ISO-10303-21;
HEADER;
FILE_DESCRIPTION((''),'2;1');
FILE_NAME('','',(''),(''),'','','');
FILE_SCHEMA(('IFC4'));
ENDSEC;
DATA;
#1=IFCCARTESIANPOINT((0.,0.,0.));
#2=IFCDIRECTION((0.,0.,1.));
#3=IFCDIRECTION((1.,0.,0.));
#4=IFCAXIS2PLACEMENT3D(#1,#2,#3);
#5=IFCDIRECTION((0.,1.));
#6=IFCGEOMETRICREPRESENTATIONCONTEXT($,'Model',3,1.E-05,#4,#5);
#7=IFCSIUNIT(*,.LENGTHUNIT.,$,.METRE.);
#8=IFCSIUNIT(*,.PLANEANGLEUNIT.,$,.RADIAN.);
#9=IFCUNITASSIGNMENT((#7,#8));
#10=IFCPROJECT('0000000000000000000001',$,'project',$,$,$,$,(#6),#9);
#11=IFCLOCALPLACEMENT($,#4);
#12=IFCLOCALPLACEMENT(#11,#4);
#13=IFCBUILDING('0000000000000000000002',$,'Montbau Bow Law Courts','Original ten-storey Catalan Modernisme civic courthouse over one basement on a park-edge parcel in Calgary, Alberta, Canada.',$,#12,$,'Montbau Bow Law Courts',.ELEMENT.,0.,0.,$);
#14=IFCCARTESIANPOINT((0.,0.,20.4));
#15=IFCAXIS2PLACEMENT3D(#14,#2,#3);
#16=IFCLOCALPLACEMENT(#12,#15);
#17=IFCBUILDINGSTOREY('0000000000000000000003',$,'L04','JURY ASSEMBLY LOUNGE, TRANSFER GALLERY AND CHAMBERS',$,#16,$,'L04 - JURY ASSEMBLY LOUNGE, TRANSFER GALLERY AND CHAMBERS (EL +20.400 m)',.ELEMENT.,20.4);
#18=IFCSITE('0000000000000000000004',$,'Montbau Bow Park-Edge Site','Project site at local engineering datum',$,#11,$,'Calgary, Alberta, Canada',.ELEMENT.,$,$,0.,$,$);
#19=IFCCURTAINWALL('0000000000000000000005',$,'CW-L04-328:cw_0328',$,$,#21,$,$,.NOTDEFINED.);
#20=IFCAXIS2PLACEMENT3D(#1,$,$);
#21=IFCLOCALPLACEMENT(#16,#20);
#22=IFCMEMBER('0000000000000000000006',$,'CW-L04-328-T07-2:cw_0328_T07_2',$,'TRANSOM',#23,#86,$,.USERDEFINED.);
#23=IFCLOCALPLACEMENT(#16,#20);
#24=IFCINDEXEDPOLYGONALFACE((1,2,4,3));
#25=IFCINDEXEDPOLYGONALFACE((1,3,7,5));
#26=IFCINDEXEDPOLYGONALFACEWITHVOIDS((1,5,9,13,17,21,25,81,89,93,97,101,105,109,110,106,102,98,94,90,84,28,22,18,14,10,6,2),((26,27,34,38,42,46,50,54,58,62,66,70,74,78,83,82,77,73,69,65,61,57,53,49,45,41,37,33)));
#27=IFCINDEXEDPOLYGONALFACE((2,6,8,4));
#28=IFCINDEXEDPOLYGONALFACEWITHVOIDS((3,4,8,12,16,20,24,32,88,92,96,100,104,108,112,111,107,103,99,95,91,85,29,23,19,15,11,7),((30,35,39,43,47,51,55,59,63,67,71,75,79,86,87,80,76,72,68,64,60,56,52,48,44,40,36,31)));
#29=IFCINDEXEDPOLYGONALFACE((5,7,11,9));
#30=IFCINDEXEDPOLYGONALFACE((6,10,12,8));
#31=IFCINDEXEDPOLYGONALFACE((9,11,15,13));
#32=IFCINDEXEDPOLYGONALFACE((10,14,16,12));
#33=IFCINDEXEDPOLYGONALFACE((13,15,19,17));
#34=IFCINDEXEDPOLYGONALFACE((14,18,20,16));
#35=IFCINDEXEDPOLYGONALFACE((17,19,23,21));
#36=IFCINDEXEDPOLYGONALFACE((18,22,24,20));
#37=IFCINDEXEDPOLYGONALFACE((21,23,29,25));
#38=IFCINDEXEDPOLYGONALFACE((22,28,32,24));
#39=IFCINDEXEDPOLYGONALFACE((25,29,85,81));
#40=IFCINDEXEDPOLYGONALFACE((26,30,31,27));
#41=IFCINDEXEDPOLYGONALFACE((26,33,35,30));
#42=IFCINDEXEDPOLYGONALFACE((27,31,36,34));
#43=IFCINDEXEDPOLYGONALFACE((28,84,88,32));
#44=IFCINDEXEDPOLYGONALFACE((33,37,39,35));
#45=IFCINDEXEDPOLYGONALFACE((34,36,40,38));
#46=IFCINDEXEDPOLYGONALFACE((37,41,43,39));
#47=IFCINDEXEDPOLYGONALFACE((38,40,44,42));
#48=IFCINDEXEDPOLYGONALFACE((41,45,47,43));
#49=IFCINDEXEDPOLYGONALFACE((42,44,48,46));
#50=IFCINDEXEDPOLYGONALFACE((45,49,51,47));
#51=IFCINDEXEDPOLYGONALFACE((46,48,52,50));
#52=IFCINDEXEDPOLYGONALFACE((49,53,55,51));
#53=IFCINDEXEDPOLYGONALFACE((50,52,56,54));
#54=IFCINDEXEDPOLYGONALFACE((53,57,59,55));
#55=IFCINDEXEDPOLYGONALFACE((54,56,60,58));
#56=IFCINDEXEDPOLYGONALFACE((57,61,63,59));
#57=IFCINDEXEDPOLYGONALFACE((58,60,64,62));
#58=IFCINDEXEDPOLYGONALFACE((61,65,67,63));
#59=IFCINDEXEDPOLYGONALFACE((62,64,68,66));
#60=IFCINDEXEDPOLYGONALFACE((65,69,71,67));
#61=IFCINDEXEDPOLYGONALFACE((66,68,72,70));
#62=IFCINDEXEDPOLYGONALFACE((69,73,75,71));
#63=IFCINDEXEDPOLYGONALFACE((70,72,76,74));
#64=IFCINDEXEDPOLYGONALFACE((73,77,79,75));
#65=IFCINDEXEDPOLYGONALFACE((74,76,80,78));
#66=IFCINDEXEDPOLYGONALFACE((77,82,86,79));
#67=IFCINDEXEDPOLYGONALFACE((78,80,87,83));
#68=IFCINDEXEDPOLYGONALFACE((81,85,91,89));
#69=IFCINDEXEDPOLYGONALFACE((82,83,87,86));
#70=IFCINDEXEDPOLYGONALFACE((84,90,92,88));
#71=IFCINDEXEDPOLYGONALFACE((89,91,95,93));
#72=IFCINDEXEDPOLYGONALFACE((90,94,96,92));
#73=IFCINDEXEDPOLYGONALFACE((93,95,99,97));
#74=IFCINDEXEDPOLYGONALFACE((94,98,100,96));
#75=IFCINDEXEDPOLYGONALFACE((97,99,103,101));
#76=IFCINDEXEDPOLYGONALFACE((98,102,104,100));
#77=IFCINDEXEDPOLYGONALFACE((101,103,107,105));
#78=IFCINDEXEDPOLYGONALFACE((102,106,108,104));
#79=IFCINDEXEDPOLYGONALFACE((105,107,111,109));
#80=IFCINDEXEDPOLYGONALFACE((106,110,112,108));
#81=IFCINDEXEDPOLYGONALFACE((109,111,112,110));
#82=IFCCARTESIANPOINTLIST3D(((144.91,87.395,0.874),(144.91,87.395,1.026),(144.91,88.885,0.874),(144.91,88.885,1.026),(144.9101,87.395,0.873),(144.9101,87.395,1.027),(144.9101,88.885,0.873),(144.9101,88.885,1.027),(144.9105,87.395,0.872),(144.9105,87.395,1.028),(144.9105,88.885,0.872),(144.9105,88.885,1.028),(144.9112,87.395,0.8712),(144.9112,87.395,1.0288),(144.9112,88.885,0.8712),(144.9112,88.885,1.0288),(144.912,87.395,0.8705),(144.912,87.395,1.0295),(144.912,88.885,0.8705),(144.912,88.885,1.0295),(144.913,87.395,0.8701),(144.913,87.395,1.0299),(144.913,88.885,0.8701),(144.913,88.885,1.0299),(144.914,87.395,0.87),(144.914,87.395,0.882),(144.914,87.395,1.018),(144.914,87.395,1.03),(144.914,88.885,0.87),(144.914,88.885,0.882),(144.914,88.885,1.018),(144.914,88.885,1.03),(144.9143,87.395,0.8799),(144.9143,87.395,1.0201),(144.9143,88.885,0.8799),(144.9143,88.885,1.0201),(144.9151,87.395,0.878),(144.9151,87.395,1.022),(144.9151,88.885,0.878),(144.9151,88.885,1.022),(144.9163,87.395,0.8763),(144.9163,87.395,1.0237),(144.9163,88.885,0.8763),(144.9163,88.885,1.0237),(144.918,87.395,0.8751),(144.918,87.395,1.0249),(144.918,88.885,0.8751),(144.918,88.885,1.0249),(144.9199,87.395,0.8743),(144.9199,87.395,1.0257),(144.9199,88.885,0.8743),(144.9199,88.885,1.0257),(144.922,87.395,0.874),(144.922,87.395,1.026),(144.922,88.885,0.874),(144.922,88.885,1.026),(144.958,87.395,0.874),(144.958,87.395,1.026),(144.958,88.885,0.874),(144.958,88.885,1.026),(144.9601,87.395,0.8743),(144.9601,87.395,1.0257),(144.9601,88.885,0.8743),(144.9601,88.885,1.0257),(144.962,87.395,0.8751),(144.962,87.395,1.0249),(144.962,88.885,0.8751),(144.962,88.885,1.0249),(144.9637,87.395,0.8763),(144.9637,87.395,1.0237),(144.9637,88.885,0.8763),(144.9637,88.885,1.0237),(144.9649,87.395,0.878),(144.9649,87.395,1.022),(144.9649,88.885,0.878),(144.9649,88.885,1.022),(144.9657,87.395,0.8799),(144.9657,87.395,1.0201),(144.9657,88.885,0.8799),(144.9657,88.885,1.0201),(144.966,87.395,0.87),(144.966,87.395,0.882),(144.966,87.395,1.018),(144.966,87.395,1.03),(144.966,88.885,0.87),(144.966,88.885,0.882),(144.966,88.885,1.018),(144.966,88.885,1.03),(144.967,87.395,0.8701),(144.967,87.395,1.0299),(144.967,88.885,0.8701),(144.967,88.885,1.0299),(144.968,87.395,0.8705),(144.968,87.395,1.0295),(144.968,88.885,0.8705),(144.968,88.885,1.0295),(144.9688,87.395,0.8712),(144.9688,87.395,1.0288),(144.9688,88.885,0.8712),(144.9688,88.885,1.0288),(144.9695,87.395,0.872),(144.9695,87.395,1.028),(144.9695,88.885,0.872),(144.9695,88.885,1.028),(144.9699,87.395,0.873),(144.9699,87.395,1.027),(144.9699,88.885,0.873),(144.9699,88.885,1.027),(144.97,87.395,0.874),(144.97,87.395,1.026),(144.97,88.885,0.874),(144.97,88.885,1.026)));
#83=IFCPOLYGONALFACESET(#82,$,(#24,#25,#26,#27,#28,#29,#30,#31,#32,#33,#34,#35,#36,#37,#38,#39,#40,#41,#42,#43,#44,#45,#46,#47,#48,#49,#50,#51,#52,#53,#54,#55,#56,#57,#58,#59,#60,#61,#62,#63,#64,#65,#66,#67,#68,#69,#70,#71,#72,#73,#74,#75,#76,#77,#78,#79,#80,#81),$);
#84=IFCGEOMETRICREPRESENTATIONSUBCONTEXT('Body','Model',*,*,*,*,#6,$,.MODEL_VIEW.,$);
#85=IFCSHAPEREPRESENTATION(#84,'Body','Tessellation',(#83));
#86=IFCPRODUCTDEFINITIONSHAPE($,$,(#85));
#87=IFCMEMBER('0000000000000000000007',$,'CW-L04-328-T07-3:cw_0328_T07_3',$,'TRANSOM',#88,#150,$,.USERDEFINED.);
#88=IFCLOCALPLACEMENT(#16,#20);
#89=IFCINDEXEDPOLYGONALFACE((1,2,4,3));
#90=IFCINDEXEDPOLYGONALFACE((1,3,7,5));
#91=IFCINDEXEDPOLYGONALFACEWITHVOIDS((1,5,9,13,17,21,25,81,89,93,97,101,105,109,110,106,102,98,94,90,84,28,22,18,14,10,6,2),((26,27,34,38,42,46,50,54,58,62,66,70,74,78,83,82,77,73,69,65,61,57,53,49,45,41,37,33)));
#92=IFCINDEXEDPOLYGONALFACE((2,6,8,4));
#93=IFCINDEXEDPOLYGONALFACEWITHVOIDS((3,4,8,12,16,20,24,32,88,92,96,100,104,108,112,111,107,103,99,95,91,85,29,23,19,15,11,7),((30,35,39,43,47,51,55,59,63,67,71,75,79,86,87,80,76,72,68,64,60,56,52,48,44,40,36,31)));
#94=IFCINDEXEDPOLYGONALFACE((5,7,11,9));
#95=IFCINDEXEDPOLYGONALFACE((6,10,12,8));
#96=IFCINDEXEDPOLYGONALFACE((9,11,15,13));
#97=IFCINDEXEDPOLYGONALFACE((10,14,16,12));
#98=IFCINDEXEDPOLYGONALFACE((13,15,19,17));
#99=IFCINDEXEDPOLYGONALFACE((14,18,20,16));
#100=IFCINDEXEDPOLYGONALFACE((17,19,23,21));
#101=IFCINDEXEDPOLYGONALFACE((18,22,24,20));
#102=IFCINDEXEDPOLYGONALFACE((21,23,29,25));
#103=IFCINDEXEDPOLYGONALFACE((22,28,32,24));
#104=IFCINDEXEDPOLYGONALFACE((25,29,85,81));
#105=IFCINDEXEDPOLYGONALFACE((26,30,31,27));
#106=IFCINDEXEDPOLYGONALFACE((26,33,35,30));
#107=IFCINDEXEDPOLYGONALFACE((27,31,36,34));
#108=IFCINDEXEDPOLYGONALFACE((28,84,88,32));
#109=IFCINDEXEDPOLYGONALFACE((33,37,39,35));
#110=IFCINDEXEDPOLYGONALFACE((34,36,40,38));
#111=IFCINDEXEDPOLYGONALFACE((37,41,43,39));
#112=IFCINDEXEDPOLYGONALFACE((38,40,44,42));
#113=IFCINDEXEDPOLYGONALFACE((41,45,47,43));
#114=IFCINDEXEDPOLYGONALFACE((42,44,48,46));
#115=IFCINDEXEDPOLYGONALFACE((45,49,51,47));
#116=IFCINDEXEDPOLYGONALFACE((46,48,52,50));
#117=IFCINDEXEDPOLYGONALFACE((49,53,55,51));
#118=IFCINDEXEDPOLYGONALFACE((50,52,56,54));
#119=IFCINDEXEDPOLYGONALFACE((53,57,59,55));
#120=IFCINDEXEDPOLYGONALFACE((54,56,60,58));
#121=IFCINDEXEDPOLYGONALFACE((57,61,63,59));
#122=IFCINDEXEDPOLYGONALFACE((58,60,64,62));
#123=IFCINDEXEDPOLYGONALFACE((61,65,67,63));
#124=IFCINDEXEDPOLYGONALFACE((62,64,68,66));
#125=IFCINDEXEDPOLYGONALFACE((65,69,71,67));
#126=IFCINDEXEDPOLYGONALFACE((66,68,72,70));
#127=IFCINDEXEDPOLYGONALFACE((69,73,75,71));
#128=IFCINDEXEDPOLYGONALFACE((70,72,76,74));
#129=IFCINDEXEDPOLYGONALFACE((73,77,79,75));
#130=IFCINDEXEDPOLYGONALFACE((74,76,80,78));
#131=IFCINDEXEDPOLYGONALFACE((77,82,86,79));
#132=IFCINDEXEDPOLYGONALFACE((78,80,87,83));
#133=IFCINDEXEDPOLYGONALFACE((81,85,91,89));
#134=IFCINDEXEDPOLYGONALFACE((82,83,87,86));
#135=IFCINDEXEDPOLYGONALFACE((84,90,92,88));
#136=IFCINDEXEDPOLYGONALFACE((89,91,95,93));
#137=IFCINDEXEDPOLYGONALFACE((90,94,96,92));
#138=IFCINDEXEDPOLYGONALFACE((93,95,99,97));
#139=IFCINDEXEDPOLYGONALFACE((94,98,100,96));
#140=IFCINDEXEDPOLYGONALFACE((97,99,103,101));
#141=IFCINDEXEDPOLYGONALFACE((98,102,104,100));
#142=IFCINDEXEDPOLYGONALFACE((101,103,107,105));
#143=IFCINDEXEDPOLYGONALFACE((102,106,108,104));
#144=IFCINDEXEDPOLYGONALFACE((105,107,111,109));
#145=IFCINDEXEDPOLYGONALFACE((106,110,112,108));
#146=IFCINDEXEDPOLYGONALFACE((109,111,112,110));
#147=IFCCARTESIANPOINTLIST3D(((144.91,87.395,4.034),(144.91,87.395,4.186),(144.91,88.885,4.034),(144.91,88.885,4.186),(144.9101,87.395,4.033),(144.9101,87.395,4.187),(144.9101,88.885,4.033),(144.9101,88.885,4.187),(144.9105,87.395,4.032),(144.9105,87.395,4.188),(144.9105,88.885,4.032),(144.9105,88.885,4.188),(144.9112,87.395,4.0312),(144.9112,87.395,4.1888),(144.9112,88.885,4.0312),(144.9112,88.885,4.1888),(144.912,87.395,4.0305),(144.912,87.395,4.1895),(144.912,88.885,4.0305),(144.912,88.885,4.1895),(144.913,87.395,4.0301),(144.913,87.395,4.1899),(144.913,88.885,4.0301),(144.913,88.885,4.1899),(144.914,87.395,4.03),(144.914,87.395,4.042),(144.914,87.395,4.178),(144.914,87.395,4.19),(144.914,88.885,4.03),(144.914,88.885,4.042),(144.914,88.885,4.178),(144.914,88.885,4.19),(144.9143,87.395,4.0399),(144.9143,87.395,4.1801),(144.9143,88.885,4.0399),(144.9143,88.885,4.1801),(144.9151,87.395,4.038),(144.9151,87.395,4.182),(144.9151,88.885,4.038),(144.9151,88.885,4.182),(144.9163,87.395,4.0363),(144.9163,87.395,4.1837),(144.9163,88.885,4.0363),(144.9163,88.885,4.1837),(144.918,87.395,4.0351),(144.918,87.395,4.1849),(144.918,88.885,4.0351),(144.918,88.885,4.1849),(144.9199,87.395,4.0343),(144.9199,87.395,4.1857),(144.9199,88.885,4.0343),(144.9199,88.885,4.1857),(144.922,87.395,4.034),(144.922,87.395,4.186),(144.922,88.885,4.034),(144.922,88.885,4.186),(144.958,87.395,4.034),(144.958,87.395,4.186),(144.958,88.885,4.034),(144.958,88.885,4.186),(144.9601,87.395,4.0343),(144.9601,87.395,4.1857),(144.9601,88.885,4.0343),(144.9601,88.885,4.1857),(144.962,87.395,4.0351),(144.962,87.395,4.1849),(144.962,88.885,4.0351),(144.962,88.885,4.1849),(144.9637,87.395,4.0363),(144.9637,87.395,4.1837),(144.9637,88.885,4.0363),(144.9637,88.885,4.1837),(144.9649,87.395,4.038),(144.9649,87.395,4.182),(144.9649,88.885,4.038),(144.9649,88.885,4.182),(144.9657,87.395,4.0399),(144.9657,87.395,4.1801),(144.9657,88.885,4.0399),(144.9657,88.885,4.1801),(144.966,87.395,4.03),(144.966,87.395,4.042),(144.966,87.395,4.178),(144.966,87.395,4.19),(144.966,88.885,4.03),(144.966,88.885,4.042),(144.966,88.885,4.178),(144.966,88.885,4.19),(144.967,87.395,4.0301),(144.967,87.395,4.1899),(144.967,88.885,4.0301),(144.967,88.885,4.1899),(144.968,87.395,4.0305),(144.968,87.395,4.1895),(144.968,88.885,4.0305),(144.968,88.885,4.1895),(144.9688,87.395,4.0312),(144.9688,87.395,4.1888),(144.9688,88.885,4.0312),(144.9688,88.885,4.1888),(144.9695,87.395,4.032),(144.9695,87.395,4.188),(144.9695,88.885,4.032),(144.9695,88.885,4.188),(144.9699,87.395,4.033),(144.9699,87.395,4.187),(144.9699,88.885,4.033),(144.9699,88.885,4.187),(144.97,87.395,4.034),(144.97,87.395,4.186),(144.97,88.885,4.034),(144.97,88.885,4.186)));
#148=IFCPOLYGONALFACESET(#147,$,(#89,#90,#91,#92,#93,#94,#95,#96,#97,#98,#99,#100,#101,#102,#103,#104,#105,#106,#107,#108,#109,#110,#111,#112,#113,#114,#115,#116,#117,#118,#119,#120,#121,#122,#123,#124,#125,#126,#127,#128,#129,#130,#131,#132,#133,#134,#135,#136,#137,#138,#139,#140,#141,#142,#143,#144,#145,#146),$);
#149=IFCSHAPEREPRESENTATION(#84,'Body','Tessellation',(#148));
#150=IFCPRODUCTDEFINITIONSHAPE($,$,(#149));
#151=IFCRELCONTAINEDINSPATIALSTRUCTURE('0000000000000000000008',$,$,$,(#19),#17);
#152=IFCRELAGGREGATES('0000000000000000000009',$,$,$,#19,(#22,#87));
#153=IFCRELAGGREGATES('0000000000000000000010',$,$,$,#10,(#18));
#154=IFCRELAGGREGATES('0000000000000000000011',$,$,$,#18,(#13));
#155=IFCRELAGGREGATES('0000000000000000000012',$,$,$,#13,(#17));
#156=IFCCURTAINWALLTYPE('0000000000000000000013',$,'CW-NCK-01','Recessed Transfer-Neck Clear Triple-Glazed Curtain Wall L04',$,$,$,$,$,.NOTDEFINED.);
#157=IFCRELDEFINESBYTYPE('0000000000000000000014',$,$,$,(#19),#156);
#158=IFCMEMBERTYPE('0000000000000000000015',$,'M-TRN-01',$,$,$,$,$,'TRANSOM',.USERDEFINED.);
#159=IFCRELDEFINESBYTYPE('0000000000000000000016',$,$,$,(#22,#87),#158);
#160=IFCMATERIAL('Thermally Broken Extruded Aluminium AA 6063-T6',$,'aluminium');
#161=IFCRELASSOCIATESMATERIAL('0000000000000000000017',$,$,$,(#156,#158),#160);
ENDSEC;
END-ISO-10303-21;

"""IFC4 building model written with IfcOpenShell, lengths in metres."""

from ifc_helpers import new_model, si_unit, direction, frame, origin_with_axes, origin_2d_with_axis, place, context, subcontext, project, spatial, hollow_rectangle, extrude, material, material_profile, profile_set, type_object, element, aggregate, save


model = new_model("IFC4")

# Units and contexts
model_context = context("Model", 3, precision=1e-05, world=origin_with_axes(), true_north=direction((0.0, 1.0)))
body_context = subcontext(model_context, "Body", "Model", "MODEL_VIEW")
ifc_project = project(units=[si_unit("LENGTHUNIT", "METRE"), si_unit("PLANEANGLEUNIT", "RADIAN")], contexts=[model_context])

# Site, building, storey
site_placement = place(None, origin_with_axes())
site = spatial("IfcSite", under=ifc_project, at=site_placement, Name="Montbau Bow Park-Edge Site", Description="Project site at local engineering datum", LongName="Calgary, Alberta, Canada", CompositionType="ELEMENT", RefElevation=0.0)
building_placement = place(site_placement, origin_with_axes())
building = spatial("IfcBuilding", under=site, at=building_placement, Name="Montbau Bow Law Courts", Description="Original ten-storey Catalan Modernisme civic courthouse over one basement on a park-edge parcel in Calgary, Alberta, Canada.", LongName="Montbau Bow Law Courts", CompositionType="ELEMENT", ElevationOfRefHeight=0.0, ElevationOfTerrain=0.0)
storey_placement = place(building_placement, frame((0.0, 0.0, 20.4), z_axis=(0.0, 0.0, 1.0), x_axis=(1.0, 0.0, 0.0)))
storey = spatial("IfcBuildingStorey", under=building, at=storey_placement, Name="L04", Description="JURY ASSEMBLY LOUNGE, TRANSFER GALLERY AND CHAMBERS", LongName="L04 - JURY ASSEMBLY LOUNGE, TRANSFER GALLERY AND CHAMBERS (EL +20.400 m)", CompositionType="ELEMENT", Elevation=20.4)

# Curtain wall, members
ifc_material_1 = material(Name="Thermally Broken Extruded Aluminium AA 6063-T6", Category="aluminium")
curtain_wall_type = type_object("IfcCurtainWallType", Name="CW-NCK-01", Description="Recessed Transfer-Neck Clear Triple-Glazed Curtain Wall L04", PredefinedType="NOTDEFINED", material=ifc_material_1)
curtain_wall_placement = place(None, frame((144.94, 78.0, 20.4), z_axis=(0.0, 0.0, 1.0), x_axis=(1.0, 0.0, 0.0)))
curtain_wall = element("IfcCurtainWall", 1, at=curtain_wall_placement, inside=storey, type_object=curtain_wall_type, Name="CW-L04-328:cw_0328", PredefinedType="NOTDEFINED")
ifc_material_profile_1 = material_profile(ifc_material_1, hollow_rectangle(XDim=0.06, YDim=0.16, WallThickness=0.004, InnerFilletRadius=0.008, OuterFilletRadius=0.004, at=origin_2d_with_axis()), Name="CWT-160X60", Category="Main", Priority=0)
ifc_profile_set_1 = profile_set([ifc_material_profile_1], Name="Thermally Broken Extruded Aluminium AA 6063-T6")
member_type_1 = type_object("IfcMemberType", Name="M-TRN-01", ElementType="TRANSOM", PredefinedType="USERDEFINED", material=ifc_profile_set_1)
member_1_placement = place(None, frame((144.94, 87.395, 21.35), z_axis=(0.0, 1.0, 0.0), x_axis=(-1.0, 0.0, 0.0)))
member_1 = element("IfcMember", 2, at=member_1_placement, type_object=member_type_1, Name="CW-L04-328-T07-2:cw_0328_T07_2", ObjectType="TRANSOM", PredefinedType="USERDEFINED", context=body_context, shape_type="SweptSolid", body=[
    extrude(hollow_rectangle(XDim=0.06, YDim=0.16, WallThickness=0.004, InnerFilletRadius=0.008, OuterFilletRadius=0.004, at=origin_2d_with_axis()), origin_with_axes(), (0.0, 0.0, 1.0), 1.49),
])
member_2_placement = place(None, frame((144.94, 87.395, 24.51), z_axis=(0.0, 1.0, 0.0), x_axis=(-1.0, 0.0, 0.0)))
member_2 = element("IfcMember", 3, at=member_2_placement, type_object=member_type_1, Name="CW-L04-328-T07-3:cw_0328_T07_3", ObjectType="TRANSOM", PredefinedType="USERDEFINED", context=body_context, shape_type="SweptSolid", body=[
    extrude(hollow_rectangle(XDim=0.06, YDim=0.16, WallThickness=0.004, InnerFilletRadius=0.008, OuterFilletRadius=0.004, at=origin_2d_with_axis()), origin_with_axes(), (0.0, 0.0, 1.0), 1.49),
])
aggregate(curtain_wall, [member_1, member_2])

save(model, "model.ifc")
